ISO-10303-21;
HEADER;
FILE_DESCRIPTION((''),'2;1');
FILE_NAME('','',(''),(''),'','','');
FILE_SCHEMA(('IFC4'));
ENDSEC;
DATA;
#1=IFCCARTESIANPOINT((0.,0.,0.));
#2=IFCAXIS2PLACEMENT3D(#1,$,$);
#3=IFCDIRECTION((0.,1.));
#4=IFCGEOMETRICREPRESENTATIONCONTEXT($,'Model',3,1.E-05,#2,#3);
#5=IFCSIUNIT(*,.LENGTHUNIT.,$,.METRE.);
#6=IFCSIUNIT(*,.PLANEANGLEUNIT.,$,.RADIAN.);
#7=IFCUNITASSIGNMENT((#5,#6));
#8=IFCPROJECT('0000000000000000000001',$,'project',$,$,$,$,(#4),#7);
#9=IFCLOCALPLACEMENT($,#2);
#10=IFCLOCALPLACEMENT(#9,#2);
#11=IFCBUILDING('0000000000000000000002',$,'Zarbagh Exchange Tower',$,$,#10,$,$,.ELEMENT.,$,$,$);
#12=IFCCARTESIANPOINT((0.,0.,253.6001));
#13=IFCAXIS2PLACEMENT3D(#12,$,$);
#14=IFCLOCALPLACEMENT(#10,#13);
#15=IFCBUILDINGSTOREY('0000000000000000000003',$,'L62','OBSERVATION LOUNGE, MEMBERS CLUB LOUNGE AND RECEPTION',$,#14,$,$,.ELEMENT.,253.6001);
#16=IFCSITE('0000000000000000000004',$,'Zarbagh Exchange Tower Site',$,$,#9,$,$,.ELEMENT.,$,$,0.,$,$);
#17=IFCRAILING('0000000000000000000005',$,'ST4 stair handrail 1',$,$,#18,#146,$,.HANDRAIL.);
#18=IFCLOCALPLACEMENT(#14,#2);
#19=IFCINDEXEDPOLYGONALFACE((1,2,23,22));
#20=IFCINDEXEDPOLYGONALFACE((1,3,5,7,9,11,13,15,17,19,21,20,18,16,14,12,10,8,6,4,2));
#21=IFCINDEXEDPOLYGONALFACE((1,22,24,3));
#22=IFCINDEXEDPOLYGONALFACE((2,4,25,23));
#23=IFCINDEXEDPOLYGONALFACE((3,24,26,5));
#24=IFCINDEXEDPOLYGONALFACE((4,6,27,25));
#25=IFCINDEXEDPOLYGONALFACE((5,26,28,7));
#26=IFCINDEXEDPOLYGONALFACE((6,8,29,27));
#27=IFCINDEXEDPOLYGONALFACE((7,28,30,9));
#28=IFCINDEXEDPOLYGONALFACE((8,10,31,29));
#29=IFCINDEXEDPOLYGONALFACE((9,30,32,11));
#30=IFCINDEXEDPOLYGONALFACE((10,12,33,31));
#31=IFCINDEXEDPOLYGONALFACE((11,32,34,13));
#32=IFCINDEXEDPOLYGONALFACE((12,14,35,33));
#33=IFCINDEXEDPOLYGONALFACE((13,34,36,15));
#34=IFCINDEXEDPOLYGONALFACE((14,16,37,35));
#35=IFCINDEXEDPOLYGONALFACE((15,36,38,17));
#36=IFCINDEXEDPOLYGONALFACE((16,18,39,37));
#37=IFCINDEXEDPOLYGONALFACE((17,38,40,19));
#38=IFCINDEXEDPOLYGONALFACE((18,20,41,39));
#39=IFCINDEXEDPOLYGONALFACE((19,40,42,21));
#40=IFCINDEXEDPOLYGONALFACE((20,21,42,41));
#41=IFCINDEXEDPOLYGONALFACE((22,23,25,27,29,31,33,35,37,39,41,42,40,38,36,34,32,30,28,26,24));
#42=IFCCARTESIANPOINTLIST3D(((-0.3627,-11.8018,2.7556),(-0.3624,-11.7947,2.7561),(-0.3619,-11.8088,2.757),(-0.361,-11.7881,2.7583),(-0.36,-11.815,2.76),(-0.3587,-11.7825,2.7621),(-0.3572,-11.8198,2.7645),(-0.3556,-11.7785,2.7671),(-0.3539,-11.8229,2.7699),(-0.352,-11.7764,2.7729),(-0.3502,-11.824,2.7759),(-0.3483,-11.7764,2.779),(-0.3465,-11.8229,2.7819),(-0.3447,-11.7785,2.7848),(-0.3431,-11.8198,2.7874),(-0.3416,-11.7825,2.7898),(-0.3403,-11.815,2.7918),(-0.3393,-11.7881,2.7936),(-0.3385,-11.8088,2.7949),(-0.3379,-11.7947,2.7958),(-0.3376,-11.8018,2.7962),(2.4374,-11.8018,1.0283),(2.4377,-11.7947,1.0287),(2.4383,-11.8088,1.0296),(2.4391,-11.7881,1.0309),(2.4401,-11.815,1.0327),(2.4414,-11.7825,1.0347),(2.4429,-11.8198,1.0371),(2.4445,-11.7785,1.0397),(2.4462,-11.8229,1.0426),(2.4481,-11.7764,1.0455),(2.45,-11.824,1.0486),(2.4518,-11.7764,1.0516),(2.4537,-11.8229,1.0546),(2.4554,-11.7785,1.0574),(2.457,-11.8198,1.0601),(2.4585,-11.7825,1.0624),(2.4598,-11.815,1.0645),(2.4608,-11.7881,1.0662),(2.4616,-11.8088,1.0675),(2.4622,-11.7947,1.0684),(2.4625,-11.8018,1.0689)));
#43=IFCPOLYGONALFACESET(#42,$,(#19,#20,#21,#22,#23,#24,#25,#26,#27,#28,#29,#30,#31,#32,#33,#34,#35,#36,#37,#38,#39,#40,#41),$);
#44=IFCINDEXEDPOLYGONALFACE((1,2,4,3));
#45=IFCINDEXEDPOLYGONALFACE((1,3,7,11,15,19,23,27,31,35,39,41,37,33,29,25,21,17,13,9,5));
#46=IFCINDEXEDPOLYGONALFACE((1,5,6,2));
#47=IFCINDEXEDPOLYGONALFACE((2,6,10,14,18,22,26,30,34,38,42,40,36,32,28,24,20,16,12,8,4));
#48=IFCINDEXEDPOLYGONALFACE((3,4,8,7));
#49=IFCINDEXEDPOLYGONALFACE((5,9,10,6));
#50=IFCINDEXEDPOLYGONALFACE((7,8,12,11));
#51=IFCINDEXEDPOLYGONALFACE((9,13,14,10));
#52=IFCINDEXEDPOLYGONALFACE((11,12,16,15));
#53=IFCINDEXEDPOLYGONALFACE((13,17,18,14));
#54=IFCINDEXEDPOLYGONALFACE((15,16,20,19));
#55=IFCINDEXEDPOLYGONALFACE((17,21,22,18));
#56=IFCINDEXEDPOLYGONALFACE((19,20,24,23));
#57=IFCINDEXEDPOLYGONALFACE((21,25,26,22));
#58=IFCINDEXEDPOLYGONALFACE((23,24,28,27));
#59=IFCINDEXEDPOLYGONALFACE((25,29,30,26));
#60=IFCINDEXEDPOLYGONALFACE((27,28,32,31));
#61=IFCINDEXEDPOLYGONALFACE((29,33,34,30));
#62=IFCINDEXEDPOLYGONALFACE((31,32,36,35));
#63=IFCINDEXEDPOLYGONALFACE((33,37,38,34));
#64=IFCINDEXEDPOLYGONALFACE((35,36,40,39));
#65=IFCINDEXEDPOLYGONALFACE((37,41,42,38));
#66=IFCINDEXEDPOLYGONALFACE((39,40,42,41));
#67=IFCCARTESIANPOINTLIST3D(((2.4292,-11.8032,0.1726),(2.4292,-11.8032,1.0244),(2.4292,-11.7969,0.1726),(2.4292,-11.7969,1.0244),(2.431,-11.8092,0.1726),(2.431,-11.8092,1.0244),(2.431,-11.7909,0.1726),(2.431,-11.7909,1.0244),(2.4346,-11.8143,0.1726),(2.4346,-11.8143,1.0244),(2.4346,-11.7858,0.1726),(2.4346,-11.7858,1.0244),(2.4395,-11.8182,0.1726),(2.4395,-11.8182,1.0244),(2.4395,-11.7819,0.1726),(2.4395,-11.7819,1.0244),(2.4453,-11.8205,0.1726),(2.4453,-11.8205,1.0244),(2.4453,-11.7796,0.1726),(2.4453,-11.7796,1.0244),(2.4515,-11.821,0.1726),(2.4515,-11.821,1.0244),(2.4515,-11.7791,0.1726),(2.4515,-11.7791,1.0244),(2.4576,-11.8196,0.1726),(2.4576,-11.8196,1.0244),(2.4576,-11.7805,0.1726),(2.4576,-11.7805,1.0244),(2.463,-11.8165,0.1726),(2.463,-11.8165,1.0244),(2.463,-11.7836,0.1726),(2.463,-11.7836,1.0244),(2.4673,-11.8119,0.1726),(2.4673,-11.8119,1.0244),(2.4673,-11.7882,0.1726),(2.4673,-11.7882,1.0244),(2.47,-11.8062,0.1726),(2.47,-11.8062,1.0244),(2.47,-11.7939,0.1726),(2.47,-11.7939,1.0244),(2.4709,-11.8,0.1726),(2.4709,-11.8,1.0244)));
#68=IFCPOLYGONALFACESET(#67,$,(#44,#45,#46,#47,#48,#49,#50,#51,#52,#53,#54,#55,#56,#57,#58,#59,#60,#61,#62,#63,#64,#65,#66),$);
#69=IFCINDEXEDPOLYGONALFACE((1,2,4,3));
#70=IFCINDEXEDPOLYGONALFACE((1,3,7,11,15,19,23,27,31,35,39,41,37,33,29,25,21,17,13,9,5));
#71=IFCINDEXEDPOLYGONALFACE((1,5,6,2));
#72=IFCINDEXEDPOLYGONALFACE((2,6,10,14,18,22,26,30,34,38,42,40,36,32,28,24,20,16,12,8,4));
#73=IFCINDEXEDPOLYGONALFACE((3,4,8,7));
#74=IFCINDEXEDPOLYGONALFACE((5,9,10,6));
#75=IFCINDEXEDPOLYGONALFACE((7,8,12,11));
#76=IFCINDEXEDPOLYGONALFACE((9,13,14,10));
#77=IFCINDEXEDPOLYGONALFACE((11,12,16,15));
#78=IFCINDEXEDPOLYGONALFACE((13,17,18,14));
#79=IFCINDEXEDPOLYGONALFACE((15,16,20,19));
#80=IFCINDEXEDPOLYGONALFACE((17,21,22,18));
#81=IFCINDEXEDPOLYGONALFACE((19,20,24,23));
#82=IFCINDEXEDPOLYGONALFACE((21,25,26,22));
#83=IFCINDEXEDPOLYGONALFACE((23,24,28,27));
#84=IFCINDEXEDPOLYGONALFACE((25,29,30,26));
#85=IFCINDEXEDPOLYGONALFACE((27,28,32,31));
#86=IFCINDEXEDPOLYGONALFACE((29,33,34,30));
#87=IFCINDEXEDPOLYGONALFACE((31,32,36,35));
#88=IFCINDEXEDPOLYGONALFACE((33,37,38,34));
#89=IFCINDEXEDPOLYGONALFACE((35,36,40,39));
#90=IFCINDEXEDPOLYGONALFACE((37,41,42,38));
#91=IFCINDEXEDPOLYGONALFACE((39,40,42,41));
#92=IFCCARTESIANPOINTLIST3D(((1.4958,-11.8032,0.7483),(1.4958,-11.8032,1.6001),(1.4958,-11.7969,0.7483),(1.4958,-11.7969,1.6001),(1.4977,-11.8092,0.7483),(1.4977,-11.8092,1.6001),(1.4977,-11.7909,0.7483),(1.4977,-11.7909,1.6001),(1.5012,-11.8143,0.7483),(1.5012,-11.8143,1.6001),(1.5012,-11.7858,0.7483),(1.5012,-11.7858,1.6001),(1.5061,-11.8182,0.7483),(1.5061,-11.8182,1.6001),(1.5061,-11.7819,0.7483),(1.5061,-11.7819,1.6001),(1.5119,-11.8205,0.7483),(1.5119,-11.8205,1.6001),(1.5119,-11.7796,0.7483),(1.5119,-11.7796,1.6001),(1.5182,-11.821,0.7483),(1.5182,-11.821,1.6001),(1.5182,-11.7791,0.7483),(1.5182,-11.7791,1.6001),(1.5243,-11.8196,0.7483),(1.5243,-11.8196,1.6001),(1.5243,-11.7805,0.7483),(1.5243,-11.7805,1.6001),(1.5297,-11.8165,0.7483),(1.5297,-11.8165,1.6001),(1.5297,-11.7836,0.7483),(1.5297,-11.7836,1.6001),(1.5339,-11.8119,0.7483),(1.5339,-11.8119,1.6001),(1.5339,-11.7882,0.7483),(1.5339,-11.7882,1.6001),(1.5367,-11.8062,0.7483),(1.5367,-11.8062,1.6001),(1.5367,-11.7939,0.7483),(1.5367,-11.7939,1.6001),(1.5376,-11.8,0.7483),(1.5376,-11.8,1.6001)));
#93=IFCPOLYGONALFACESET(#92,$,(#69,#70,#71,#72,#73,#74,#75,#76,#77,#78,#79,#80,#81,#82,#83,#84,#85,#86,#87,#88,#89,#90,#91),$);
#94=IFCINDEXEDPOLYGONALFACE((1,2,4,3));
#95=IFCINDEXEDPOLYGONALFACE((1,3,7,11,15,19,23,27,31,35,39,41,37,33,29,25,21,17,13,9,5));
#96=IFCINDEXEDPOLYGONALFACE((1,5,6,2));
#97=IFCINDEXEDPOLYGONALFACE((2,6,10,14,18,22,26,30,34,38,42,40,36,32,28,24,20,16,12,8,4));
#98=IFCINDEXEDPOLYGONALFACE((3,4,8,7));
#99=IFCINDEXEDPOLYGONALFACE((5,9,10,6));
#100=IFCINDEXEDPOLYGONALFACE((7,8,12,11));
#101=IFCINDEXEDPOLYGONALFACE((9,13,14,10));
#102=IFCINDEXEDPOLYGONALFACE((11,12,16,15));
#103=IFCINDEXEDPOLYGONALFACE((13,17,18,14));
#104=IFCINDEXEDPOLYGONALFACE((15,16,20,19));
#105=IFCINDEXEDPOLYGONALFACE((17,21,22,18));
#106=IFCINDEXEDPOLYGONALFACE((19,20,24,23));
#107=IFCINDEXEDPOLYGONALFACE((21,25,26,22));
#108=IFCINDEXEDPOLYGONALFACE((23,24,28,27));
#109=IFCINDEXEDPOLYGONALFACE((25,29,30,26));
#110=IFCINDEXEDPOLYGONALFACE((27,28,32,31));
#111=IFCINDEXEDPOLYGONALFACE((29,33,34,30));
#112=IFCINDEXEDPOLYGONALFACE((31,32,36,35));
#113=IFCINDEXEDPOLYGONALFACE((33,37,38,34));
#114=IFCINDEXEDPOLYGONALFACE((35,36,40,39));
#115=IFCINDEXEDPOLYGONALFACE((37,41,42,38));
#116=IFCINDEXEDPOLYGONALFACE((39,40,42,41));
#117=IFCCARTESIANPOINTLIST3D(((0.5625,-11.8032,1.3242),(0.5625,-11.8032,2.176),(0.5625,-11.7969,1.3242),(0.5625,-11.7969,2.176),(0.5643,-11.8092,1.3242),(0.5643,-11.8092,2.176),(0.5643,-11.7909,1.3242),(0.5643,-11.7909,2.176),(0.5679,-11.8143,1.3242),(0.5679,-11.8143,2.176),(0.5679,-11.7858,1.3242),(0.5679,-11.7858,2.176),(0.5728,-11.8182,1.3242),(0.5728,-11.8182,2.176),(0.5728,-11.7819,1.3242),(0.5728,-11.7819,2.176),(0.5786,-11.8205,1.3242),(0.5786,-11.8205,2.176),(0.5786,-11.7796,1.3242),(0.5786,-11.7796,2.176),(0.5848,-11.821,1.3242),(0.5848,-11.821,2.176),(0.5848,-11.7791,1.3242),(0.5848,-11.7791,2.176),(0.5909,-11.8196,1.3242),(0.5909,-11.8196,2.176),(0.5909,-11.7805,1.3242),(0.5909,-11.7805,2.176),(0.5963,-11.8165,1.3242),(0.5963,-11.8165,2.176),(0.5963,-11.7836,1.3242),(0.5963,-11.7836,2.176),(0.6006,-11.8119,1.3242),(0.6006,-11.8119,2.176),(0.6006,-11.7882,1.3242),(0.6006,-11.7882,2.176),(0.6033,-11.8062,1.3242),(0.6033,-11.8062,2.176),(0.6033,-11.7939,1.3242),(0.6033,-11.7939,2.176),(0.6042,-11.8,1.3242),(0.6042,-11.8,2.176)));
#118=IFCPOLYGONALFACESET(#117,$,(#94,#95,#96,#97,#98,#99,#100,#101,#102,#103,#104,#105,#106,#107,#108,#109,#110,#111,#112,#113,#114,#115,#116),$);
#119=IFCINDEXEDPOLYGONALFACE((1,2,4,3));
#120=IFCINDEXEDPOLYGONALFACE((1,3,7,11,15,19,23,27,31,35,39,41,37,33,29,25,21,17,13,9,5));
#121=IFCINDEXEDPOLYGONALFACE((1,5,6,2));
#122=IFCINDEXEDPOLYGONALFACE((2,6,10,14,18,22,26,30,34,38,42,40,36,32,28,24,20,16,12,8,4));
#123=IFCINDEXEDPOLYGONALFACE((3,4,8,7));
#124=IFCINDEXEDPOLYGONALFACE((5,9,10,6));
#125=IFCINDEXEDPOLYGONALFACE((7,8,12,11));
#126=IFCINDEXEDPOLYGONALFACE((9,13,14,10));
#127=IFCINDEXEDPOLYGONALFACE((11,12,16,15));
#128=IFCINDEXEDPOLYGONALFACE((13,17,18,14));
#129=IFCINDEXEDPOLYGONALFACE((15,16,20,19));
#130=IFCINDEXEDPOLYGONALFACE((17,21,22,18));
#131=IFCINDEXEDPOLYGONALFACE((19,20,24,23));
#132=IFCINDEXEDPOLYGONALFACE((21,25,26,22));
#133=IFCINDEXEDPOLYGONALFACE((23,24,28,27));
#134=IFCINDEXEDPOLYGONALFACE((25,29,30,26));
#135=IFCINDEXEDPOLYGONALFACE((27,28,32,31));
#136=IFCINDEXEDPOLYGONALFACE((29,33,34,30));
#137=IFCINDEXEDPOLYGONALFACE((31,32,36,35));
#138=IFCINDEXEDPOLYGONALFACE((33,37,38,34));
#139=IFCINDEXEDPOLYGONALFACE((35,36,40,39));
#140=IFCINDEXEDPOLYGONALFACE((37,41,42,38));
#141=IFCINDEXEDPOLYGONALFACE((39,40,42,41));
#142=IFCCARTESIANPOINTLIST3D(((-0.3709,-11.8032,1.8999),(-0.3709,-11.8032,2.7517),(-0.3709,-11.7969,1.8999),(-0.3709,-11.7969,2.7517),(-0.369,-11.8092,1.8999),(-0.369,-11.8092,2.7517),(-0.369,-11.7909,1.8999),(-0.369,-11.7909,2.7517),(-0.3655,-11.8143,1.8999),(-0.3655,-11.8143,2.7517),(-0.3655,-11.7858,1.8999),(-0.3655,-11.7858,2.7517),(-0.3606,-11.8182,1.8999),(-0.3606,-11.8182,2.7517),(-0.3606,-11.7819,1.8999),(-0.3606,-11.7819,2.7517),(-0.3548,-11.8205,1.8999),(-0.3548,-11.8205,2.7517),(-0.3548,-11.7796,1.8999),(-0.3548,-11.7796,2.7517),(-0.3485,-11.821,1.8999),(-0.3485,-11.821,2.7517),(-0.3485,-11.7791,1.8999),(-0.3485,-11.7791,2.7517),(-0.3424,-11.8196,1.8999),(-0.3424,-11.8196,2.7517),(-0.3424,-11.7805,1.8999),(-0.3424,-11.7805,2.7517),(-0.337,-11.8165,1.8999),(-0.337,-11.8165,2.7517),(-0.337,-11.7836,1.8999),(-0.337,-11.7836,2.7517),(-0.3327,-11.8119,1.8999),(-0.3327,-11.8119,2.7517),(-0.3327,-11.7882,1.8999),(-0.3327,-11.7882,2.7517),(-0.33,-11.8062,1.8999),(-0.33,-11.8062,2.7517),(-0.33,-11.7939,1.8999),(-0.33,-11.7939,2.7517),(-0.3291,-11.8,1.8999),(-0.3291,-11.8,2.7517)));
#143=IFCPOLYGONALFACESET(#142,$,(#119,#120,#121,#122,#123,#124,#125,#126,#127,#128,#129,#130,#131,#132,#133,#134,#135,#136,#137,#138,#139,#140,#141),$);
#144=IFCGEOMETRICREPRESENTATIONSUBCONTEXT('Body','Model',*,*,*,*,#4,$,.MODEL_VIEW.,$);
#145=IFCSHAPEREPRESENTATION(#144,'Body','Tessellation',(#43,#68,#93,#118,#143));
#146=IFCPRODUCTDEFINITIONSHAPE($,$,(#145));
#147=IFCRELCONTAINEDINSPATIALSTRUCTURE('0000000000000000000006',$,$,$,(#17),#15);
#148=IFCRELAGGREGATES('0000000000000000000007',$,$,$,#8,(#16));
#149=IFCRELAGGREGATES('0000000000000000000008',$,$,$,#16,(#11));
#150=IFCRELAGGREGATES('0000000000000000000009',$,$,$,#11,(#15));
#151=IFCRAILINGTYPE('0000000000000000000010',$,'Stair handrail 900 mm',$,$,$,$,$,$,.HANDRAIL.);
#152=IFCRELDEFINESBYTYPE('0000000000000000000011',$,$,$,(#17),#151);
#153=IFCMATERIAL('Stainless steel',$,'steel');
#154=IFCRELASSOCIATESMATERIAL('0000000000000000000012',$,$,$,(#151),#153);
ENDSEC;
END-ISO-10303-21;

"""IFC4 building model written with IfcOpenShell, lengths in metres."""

from ifc_helpers import new_model, si_unit, direction, frame, origin, origin_2d, place, context, subcontext, project, spatial, circle, extrude, material, type_object, element, save


model = new_model("IFC4")

# Units and contexts
model_context = context("Model", 3, precision=1e-05, world=origin(), true_north=direction((0.0, 1.0)))
body_context = subcontext(model_context, "Body", "Model", "MODEL_VIEW")
ifc_project = project(units=[si_unit("LENGTHUNIT", "METRE"), si_unit("PLANEANGLEUNIT", "RADIAN")], contexts=[model_context])

# Site, building, storey
site_placement = place(None, origin())
site = spatial("IfcSite", under=ifc_project, at=site_placement, Name="Zarbagh Exchange Tower Site", CompositionType="ELEMENT", RefElevation=0.0)
building_placement = place(site_placement, origin())
building = spatial("IfcBuilding", under=site, at=building_placement, Name="Zarbagh Exchange Tower", CompositionType="ELEMENT")
storey_placement = place(building_placement, frame((0.0, 0.0, 253.6001)))
storey = spatial("IfcBuildingStorey", under=building, at=storey_placement, Name="L62", Description="OBSERVATION LOUNGE, MEMBERS CLUB LOUNGE AND RECEPTION", CompositionType="ELEMENT", Elevation=253.6001)

# Railing
ifc_material_1 = material(Name="Stainless steel", Category="steel")
railing_type = type_object("IfcRailingType", Name="Stair handrail 900 mm", PredefinedType="HANDRAIL", material=ifc_material_1)
railing_placement = place(storey_placement, frame((2.45, -11.8, 0.1726)))
element("IfcRailing", 1, at=railing_placement, inside=storey, type_object=railing_type, Name="ST4 stair handrail 1", PredefinedType="HANDRAIL", context=body_context, shape_type="SweptSolid", body=[
    extrude(circle(Radius=0.0239, at=origin_2d()), frame((0.0, 0.0, 0.876), z_axis=(-0.85109, 0.0, 0.52502), x_axis=(0.0, -1.0, 0.0)), (0.0, 0.0, 1.0), 3.29),
    extrude(circle(Radius=0.021, at=origin_2d()), origin(), (0.0, 0.0, 1.0), 0.8518),
    extrude(circle(Radius=0.021, at=origin_2d()), frame((-0.9333, 0.0, 0.5757)), (0.0, 0.0, 1.0), 0.8518),
    extrude(circle(Radius=0.021, at=origin_2d()), frame((-1.8667, 0.0, 1.1516)), (0.0, 0.0, 1.0), 0.8518),
    extrude(circle(Radius=0.021, at=origin_2d()), frame((-2.8, 0.0, 1.7273)), (0.0, 0.0, 1.0), 0.8518),
])

save(model, "model.ifc")
